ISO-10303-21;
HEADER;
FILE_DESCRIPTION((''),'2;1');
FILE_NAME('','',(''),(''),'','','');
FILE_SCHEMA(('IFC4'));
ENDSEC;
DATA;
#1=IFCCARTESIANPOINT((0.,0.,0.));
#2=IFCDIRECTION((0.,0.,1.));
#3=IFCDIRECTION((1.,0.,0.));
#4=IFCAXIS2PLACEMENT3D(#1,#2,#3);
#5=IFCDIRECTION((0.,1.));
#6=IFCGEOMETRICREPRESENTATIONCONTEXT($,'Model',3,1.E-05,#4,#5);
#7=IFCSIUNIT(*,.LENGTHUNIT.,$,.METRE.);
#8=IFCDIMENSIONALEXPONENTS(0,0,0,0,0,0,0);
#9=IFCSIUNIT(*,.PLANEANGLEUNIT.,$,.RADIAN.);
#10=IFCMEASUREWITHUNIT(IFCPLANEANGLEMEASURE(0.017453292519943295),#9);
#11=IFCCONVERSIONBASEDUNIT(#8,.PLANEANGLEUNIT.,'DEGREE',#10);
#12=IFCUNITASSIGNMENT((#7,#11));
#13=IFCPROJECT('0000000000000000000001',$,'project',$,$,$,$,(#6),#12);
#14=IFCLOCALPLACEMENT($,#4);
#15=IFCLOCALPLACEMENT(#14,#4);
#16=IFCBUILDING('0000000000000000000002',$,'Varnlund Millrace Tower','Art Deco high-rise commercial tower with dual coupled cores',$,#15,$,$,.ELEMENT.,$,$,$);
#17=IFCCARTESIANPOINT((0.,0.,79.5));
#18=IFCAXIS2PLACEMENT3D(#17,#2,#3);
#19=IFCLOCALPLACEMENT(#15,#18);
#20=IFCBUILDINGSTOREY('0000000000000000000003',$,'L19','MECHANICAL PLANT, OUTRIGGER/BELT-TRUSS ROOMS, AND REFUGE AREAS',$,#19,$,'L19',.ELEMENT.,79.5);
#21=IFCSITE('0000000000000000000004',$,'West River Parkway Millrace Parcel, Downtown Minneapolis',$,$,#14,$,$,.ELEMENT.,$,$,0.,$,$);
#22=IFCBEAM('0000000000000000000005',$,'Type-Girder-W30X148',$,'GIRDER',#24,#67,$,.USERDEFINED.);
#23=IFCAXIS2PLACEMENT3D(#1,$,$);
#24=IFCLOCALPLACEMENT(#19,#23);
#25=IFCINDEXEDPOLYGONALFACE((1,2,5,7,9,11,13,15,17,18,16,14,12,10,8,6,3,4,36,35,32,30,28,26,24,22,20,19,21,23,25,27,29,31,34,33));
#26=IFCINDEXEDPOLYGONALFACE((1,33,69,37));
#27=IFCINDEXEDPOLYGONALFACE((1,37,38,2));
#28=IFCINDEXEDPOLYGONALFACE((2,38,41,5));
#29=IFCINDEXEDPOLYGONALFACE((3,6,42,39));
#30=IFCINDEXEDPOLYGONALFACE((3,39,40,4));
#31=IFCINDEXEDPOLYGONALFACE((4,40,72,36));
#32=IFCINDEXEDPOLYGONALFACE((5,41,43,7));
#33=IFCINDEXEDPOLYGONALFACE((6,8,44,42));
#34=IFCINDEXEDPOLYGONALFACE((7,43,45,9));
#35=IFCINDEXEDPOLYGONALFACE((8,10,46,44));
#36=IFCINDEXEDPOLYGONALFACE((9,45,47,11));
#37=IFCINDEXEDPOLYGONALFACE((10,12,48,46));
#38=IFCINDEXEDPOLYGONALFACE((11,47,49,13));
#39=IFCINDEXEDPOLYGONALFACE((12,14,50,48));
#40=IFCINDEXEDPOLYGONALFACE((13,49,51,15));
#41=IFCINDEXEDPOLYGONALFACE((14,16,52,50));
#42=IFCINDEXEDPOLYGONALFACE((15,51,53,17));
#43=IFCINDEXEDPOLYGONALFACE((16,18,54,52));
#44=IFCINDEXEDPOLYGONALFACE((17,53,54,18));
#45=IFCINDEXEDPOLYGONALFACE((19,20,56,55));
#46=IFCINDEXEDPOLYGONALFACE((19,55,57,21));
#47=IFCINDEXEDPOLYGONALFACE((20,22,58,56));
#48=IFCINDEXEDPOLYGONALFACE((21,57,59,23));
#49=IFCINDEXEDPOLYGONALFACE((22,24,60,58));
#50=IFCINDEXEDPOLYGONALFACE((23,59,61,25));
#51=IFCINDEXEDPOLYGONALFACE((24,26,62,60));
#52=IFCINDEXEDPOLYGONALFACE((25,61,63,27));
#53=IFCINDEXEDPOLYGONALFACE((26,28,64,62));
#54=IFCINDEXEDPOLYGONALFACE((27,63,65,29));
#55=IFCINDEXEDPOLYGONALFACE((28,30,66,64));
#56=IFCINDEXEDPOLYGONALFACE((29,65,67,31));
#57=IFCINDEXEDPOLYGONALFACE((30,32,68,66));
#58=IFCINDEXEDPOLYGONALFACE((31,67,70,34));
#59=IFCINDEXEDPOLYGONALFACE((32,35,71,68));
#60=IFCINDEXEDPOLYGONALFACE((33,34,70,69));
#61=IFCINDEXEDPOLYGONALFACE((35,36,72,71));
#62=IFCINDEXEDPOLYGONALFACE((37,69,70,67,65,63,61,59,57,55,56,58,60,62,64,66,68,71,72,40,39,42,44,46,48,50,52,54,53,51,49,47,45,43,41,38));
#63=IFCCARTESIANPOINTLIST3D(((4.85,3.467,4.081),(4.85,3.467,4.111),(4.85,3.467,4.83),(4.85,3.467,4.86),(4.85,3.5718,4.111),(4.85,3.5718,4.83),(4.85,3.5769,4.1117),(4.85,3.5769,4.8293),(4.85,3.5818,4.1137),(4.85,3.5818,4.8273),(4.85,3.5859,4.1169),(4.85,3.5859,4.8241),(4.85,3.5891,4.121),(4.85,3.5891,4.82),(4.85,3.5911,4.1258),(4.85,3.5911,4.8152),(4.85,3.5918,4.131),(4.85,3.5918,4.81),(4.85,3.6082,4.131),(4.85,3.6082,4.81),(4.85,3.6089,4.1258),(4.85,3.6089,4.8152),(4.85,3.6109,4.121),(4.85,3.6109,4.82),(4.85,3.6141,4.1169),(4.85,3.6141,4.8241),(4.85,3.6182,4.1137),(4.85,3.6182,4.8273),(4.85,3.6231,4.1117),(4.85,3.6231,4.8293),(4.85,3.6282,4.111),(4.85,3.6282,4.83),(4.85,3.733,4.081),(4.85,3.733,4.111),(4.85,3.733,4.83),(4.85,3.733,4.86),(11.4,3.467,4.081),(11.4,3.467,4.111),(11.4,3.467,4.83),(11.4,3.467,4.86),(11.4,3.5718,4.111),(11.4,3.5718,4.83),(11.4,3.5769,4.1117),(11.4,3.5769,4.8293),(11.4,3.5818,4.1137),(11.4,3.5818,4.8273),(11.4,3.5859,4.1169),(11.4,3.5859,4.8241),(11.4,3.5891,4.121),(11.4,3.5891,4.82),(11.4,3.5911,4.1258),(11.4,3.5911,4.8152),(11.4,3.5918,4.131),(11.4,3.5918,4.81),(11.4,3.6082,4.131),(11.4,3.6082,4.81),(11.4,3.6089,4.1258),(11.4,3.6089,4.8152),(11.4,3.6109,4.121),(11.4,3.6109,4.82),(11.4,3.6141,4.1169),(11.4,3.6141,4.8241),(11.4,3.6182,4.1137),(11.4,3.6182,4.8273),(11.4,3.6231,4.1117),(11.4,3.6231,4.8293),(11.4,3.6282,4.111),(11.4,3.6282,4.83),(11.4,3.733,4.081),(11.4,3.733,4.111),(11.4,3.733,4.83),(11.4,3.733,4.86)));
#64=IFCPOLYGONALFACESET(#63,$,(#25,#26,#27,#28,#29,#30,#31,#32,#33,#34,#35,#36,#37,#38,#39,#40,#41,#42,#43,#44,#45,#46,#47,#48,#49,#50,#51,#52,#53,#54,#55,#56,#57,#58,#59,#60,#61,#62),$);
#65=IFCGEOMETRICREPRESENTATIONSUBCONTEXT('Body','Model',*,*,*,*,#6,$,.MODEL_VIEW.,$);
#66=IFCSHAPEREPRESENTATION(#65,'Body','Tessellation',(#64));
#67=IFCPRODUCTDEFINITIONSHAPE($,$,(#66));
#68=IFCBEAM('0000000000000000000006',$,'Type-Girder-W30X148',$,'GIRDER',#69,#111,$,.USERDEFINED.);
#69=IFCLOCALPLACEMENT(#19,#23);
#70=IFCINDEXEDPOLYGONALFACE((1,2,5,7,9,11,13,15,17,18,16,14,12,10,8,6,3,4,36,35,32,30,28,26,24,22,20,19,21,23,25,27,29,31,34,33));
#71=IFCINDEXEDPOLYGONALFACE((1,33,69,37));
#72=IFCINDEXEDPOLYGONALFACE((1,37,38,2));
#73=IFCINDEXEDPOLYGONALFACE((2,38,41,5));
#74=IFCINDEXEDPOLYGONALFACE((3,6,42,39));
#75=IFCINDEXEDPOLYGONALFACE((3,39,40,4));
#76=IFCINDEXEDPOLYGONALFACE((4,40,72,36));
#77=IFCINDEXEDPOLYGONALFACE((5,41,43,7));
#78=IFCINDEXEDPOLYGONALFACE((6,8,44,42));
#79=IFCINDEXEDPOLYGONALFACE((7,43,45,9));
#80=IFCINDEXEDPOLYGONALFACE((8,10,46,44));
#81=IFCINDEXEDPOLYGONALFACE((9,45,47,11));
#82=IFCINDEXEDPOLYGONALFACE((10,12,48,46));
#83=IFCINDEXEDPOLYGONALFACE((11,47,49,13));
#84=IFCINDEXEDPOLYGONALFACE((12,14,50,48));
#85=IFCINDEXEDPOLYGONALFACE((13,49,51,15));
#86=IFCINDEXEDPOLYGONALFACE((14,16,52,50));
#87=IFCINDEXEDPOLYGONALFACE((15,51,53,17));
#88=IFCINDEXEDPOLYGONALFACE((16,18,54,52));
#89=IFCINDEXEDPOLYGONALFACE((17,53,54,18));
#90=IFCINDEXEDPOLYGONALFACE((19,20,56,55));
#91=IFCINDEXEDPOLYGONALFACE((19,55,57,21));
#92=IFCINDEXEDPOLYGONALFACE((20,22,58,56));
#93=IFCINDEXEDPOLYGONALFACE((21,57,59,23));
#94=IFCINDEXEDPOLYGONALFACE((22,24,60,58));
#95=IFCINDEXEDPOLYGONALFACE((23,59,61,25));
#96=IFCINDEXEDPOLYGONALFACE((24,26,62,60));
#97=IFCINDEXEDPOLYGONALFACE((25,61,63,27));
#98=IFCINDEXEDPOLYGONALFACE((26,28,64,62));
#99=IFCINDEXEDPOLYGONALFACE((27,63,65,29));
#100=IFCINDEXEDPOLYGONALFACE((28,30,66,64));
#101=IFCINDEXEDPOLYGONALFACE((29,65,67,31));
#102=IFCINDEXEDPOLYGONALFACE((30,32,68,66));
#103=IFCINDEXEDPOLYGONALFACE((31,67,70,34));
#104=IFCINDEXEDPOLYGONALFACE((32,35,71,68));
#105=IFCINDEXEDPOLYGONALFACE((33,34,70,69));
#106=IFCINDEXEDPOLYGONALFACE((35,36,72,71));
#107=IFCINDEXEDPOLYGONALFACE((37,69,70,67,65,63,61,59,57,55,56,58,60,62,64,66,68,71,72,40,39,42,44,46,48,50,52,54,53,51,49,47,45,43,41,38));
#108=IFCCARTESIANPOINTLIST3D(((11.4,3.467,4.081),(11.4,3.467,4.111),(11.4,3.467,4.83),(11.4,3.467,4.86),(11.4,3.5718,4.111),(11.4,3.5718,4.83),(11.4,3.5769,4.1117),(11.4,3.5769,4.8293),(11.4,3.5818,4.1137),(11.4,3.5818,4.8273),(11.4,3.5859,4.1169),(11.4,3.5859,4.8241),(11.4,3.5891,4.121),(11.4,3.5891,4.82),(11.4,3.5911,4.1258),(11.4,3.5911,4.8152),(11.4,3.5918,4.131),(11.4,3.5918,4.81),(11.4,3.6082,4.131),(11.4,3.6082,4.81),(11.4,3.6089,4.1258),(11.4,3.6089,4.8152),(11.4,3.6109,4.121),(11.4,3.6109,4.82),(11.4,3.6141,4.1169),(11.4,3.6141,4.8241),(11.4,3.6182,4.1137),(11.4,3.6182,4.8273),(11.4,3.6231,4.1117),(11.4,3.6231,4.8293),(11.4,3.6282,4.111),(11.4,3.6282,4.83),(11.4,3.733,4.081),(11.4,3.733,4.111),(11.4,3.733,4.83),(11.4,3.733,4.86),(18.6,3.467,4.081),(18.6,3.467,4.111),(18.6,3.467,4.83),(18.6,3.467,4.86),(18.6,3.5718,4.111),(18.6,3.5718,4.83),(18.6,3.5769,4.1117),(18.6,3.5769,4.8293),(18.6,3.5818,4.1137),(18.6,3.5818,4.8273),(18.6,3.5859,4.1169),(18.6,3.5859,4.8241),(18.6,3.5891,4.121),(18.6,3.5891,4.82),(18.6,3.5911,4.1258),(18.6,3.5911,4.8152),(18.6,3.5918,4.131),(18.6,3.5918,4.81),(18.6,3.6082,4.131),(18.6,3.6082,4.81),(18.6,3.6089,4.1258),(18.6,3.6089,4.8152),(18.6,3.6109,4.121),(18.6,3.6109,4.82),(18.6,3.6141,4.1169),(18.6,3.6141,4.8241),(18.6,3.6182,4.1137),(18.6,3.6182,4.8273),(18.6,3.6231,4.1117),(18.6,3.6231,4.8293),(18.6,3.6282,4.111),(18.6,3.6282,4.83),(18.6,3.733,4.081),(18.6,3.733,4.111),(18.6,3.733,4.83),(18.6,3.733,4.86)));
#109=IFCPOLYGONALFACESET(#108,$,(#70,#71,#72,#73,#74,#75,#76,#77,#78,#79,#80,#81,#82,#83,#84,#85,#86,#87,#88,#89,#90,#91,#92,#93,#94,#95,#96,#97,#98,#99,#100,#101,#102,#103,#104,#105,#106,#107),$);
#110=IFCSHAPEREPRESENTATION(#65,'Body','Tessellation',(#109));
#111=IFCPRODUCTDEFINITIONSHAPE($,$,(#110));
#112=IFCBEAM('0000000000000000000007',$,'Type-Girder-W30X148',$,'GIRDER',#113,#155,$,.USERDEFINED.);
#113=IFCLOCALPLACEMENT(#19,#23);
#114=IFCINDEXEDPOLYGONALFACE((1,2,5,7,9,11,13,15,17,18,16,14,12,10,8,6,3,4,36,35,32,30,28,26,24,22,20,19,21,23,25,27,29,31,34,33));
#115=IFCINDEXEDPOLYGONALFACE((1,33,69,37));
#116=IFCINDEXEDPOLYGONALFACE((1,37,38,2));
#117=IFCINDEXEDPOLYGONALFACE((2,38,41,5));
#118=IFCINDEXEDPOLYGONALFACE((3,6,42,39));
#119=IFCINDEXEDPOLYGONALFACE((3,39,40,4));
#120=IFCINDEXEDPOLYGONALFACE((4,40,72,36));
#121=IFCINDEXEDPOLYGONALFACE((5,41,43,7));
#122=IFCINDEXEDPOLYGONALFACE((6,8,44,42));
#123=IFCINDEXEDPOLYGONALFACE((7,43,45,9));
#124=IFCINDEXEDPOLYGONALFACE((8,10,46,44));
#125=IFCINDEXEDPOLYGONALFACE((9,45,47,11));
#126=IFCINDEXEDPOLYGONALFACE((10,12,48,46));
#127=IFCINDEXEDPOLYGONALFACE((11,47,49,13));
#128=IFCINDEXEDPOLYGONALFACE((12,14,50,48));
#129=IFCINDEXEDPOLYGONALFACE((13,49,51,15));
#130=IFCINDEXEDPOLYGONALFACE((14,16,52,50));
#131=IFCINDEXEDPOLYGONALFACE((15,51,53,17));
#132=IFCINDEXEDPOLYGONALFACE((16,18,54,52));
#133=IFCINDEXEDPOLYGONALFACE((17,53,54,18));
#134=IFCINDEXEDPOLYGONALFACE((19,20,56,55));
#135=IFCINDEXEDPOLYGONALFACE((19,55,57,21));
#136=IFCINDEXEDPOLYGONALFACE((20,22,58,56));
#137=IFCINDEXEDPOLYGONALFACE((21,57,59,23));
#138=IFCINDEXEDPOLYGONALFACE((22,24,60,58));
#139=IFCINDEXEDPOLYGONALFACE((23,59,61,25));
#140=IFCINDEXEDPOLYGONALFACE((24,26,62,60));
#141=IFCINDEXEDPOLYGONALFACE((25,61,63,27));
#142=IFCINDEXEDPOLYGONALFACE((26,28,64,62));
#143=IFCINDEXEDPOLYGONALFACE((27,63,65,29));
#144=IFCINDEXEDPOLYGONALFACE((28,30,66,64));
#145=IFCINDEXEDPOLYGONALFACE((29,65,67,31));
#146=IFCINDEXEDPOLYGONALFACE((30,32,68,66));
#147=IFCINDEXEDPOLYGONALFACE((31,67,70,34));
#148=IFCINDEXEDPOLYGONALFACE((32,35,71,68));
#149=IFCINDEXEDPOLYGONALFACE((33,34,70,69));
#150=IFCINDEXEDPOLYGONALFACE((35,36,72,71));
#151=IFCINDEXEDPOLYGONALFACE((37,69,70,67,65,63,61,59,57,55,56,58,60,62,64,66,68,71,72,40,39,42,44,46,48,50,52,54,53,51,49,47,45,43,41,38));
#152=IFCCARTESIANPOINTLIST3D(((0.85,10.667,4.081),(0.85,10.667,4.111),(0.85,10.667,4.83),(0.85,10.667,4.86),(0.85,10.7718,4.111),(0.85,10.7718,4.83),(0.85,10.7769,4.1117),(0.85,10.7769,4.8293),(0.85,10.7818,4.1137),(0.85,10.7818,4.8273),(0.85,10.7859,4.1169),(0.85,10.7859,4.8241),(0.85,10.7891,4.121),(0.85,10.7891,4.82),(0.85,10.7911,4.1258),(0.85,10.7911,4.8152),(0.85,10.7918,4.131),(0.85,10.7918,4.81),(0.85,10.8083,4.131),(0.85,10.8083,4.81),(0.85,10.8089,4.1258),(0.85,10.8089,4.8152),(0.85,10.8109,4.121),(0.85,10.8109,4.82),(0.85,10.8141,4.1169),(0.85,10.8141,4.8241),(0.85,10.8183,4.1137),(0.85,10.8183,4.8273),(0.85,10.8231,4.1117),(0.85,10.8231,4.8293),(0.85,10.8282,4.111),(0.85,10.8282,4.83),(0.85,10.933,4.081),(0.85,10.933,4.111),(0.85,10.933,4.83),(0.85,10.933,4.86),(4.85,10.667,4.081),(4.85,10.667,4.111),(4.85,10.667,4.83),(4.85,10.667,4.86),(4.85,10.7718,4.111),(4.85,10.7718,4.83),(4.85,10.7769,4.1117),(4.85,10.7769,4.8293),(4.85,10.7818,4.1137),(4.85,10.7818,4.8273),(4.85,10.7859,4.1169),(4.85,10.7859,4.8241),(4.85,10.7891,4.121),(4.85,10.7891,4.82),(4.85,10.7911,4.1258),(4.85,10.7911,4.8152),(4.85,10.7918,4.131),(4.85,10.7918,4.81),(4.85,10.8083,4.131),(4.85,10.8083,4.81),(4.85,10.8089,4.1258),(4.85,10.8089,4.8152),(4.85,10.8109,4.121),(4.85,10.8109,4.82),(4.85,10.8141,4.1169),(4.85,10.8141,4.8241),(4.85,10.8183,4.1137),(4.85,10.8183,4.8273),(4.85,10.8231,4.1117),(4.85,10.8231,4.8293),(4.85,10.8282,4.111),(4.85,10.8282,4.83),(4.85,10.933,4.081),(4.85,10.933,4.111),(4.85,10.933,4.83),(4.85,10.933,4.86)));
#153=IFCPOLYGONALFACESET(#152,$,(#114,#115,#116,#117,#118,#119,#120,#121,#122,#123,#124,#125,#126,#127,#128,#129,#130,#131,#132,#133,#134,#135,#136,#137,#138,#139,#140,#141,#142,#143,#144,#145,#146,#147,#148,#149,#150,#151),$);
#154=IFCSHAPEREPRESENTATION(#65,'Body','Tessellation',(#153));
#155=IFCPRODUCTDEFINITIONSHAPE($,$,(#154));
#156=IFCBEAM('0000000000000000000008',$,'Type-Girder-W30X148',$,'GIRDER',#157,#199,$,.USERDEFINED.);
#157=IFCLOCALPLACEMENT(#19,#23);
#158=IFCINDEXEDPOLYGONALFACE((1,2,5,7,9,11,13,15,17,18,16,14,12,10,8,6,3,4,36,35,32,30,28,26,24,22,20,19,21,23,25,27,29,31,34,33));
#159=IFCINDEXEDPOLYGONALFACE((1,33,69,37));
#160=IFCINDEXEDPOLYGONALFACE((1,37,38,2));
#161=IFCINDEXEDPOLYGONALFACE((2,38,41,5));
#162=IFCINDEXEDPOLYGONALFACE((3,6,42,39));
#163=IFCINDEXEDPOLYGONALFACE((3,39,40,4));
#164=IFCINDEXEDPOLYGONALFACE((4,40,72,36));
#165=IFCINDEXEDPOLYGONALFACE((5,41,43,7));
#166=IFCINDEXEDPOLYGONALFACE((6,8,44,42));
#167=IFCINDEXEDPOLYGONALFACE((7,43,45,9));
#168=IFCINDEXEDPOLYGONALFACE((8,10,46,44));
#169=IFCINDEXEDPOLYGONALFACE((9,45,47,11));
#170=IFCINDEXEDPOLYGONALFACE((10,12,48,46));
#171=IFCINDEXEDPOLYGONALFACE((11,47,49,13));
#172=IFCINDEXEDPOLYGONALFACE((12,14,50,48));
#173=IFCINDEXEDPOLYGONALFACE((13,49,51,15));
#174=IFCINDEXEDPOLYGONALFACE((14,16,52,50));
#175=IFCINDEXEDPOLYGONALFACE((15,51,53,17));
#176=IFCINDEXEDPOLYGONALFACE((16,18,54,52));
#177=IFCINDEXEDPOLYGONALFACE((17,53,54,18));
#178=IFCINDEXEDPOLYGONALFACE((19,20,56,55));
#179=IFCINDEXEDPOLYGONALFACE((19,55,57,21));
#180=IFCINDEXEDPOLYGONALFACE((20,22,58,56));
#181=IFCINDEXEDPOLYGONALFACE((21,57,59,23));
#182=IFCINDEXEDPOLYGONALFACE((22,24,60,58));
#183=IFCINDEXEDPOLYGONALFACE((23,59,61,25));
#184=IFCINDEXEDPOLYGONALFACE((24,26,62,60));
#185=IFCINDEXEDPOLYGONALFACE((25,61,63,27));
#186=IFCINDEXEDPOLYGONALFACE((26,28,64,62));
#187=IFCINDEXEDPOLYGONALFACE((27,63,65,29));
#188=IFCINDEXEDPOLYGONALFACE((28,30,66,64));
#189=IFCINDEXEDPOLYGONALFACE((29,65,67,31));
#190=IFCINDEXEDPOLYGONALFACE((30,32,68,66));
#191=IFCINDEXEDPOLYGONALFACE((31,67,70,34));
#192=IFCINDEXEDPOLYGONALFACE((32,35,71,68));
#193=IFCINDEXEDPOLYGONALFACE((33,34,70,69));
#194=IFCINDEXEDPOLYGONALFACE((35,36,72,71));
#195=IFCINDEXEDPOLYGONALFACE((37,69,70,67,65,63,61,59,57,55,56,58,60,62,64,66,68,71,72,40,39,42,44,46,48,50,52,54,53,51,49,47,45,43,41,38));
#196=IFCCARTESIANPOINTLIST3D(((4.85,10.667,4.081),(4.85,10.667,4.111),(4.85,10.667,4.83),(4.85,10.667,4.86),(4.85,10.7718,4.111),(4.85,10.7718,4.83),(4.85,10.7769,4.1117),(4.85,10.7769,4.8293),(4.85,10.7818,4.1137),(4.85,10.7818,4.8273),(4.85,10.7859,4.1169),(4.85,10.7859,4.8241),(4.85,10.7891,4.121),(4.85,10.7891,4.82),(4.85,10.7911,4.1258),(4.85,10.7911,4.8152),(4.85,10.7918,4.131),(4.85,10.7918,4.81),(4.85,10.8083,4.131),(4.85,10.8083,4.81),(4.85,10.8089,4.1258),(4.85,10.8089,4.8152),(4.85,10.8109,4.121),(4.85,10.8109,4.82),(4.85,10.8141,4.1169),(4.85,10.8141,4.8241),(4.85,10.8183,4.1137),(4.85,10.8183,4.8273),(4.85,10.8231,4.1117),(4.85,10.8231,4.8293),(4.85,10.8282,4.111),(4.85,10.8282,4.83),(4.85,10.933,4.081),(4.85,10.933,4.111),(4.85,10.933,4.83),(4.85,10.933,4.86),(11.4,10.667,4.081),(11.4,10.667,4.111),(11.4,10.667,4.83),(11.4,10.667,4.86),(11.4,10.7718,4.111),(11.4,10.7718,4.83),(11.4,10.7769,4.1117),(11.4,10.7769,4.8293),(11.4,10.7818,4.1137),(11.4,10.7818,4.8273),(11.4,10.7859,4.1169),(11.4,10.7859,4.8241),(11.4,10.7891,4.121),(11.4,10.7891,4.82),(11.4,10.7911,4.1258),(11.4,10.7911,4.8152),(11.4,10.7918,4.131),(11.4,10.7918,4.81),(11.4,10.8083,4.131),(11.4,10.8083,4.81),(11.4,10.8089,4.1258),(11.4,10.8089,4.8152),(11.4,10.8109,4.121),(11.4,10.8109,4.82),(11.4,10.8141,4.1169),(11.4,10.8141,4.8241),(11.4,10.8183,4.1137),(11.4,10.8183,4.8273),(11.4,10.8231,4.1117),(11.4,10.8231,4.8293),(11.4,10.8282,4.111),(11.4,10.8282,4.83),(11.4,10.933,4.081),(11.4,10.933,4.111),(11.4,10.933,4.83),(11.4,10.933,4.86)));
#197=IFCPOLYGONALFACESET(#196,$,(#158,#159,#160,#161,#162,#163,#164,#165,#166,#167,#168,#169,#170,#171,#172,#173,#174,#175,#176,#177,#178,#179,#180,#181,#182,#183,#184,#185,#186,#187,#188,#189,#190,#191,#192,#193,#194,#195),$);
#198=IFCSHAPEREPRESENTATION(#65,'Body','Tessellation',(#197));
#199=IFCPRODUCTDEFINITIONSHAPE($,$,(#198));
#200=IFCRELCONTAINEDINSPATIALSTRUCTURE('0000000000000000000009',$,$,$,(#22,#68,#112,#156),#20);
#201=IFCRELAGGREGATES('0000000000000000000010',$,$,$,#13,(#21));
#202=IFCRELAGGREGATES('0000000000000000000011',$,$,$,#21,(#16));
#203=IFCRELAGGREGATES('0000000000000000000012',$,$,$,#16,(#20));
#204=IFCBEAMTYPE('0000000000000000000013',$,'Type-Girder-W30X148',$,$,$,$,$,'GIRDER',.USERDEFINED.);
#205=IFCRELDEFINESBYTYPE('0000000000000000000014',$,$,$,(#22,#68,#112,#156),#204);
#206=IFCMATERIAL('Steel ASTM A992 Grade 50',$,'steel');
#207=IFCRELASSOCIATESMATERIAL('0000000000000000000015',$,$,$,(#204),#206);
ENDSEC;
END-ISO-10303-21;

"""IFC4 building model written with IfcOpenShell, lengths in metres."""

from ifc_helpers import new_model, entity, si_unit, converted_unit, direction, frame, origin_with_axes, origin_2d_with_axis, place, context, subcontext, project, spatial, i_section, extrude, material, material_profile, profile_set, type_object, element, save


model = new_model("IFC4")

# Units and contexts
model_context = context("Model", 3, precision=1e-05, world=origin_with_axes(), true_north=direction((0.0, 1.0)))
body_context = subcontext(model_context, "Body", "Model", "MODEL_VIEW")
ifc_project = project(units=[si_unit("LENGTHUNIT", "METRE"), converted_unit("PLANEANGLEUNIT", "DEGREE", entity("IfcPlaneAngleMeasure", 0.017453292519943295), si_unit("PLANEANGLEUNIT", "RADIAN"), dimensions=[0, 0, 0, 0, 0, 0, 0])], contexts=[model_context])

# Site, building, storey
site_placement = place(None, origin_with_axes())
site = spatial("IfcSite", under=ifc_project, at=site_placement, Name="West River Parkway Millrace Parcel, Downtown Minneapolis", CompositionType="ELEMENT", RefElevation=0.0)
building_placement = place(site_placement, origin_with_axes())
building = spatial("IfcBuilding", under=site, at=building_placement, Name="Varnlund Millrace Tower", Description="Art Deco high-rise commercial tower with dual coupled cores", CompositionType="ELEMENT")
storey_placement = place(building_placement, frame((0.0, 0.0, 79.5), z_axis=(0.0, 0.0, 1.0), x_axis=(1.0, 0.0, 0.0)))
storey = spatial("IfcBuildingStorey", under=building, at=storey_placement, Name="L19", Description="MECHANICAL PLANT, OUTRIGGER/BELT-TRUSS ROOMS, AND REFUGE AREAS", LongName="L19", CompositionType="ELEMENT", Elevation=79.5)

# Beams
ifc_material_1 = material(Name="Steel ASTM A992 Grade 50", Category="steel")
ifc_material_profile_1 = material_profile(ifc_material_1, i_section(OverallWidth=0.266, OverallDepth=0.779, WebThickness=0.0165, FlangeThickness=0.03, FilletRadius=0.02, at=origin_2d_with_axis()), Name="Steel ASTM A992 Grade 50")
ifc_profile_set_1 = profile_set([ifc_material_profile_1], Name="Steel ASTM A992 Grade 50")
beam_type_1 = type_object("IfcBeamType", Name="Type-Girder-W30X148", ElementType="GIRDER", PredefinedType="USERDEFINED", material=ifc_profile_set_1)
beam_1_placement = place(storey_placement, frame((4.85, 3.6, 4.4705), z_axis=(1.0, 0.0, 0.0), x_axis=(0.0, 1.0, 0.0)))
element("IfcBeam", 1, at=beam_1_placement, inside=storey, type_object=beam_type_1, Name="Type-Girder-W30X148", ObjectType="GIRDER", PredefinedType="USERDEFINED", context=body_context, shape_type="SweptSolid", body=[
    extrude(i_section(OverallWidth=0.266, OverallDepth=0.779, WebThickness=0.0165, FlangeThickness=0.03, FilletRadius=0.02, at=origin_2d_with_axis()), origin_with_axes(), (0.0, 0.0, 1.0), 6.55),
])
beam_2_placement = place(storey_placement, frame((11.4, 3.6, 4.4705), z_axis=(1.0, 0.0, 0.0), x_axis=(0.0, 1.0, 0.0)))
element("IfcBeam", 2, at=beam_2_placement, inside=storey, type_object=beam_type_1, Name="Type-Girder-W30X148", ObjectType="GIRDER", PredefinedType="USERDEFINED", context=body_context, shape_type="SweptSolid", body=[
    extrude(i_section(OverallWidth=0.266, OverallDepth=0.779, WebThickness=0.0165, FlangeThickness=0.03, FilletRadius=0.02, at=origin_2d_with_axis()), origin_with_axes(), (0.0, 0.0, 1.0), 7.2),
])
beam_3_placement = place(storey_placement, frame((0.85, 10.8, 4.4705), z_axis=(1.0, 0.0, 0.0), x_axis=(0.0, 1.0, 0.0)))
element("IfcBeam", 3, at=beam_3_placement, inside=storey, type_object=beam_type_1, Name="Type-Girder-W30X148", ObjectType="GIRDER", PredefinedType="USERDEFINED", context=body_context, shape_type="SweptSolid", body=[
    extrude(i_section(OverallWidth=0.266, OverallDepth=0.779, WebThickness=0.0165, FlangeThickness=0.03, FilletRadius=0.02, at=origin_2d_with_axis()), origin_with_axes(), (0.0, 0.0, 1.0), 4.0),
])
beam_4_placement = place(storey_placement, frame((4.85, 10.8, 4.4705), z_axis=(1.0, 0.0, 0.0), x_axis=(0.0, 1.0, 0.0)))
element("IfcBeam", 4, at=beam_4_placement, inside=storey, type_object=beam_type_1, Name="Type-Girder-W30X148", ObjectType="GIRDER", PredefinedType="USERDEFINED", context=body_context, shape_type="SweptSolid", body=[
    extrude(i_section(OverallWidth=0.266, OverallDepth=0.779, WebThickness=0.0165, FlangeThickness=0.03, FilletRadius=0.02, at=origin_2d_with_axis()), origin_with_axes(), (0.0, 0.0, 1.0), 6.55),
])

save(model, "model.ifc")
